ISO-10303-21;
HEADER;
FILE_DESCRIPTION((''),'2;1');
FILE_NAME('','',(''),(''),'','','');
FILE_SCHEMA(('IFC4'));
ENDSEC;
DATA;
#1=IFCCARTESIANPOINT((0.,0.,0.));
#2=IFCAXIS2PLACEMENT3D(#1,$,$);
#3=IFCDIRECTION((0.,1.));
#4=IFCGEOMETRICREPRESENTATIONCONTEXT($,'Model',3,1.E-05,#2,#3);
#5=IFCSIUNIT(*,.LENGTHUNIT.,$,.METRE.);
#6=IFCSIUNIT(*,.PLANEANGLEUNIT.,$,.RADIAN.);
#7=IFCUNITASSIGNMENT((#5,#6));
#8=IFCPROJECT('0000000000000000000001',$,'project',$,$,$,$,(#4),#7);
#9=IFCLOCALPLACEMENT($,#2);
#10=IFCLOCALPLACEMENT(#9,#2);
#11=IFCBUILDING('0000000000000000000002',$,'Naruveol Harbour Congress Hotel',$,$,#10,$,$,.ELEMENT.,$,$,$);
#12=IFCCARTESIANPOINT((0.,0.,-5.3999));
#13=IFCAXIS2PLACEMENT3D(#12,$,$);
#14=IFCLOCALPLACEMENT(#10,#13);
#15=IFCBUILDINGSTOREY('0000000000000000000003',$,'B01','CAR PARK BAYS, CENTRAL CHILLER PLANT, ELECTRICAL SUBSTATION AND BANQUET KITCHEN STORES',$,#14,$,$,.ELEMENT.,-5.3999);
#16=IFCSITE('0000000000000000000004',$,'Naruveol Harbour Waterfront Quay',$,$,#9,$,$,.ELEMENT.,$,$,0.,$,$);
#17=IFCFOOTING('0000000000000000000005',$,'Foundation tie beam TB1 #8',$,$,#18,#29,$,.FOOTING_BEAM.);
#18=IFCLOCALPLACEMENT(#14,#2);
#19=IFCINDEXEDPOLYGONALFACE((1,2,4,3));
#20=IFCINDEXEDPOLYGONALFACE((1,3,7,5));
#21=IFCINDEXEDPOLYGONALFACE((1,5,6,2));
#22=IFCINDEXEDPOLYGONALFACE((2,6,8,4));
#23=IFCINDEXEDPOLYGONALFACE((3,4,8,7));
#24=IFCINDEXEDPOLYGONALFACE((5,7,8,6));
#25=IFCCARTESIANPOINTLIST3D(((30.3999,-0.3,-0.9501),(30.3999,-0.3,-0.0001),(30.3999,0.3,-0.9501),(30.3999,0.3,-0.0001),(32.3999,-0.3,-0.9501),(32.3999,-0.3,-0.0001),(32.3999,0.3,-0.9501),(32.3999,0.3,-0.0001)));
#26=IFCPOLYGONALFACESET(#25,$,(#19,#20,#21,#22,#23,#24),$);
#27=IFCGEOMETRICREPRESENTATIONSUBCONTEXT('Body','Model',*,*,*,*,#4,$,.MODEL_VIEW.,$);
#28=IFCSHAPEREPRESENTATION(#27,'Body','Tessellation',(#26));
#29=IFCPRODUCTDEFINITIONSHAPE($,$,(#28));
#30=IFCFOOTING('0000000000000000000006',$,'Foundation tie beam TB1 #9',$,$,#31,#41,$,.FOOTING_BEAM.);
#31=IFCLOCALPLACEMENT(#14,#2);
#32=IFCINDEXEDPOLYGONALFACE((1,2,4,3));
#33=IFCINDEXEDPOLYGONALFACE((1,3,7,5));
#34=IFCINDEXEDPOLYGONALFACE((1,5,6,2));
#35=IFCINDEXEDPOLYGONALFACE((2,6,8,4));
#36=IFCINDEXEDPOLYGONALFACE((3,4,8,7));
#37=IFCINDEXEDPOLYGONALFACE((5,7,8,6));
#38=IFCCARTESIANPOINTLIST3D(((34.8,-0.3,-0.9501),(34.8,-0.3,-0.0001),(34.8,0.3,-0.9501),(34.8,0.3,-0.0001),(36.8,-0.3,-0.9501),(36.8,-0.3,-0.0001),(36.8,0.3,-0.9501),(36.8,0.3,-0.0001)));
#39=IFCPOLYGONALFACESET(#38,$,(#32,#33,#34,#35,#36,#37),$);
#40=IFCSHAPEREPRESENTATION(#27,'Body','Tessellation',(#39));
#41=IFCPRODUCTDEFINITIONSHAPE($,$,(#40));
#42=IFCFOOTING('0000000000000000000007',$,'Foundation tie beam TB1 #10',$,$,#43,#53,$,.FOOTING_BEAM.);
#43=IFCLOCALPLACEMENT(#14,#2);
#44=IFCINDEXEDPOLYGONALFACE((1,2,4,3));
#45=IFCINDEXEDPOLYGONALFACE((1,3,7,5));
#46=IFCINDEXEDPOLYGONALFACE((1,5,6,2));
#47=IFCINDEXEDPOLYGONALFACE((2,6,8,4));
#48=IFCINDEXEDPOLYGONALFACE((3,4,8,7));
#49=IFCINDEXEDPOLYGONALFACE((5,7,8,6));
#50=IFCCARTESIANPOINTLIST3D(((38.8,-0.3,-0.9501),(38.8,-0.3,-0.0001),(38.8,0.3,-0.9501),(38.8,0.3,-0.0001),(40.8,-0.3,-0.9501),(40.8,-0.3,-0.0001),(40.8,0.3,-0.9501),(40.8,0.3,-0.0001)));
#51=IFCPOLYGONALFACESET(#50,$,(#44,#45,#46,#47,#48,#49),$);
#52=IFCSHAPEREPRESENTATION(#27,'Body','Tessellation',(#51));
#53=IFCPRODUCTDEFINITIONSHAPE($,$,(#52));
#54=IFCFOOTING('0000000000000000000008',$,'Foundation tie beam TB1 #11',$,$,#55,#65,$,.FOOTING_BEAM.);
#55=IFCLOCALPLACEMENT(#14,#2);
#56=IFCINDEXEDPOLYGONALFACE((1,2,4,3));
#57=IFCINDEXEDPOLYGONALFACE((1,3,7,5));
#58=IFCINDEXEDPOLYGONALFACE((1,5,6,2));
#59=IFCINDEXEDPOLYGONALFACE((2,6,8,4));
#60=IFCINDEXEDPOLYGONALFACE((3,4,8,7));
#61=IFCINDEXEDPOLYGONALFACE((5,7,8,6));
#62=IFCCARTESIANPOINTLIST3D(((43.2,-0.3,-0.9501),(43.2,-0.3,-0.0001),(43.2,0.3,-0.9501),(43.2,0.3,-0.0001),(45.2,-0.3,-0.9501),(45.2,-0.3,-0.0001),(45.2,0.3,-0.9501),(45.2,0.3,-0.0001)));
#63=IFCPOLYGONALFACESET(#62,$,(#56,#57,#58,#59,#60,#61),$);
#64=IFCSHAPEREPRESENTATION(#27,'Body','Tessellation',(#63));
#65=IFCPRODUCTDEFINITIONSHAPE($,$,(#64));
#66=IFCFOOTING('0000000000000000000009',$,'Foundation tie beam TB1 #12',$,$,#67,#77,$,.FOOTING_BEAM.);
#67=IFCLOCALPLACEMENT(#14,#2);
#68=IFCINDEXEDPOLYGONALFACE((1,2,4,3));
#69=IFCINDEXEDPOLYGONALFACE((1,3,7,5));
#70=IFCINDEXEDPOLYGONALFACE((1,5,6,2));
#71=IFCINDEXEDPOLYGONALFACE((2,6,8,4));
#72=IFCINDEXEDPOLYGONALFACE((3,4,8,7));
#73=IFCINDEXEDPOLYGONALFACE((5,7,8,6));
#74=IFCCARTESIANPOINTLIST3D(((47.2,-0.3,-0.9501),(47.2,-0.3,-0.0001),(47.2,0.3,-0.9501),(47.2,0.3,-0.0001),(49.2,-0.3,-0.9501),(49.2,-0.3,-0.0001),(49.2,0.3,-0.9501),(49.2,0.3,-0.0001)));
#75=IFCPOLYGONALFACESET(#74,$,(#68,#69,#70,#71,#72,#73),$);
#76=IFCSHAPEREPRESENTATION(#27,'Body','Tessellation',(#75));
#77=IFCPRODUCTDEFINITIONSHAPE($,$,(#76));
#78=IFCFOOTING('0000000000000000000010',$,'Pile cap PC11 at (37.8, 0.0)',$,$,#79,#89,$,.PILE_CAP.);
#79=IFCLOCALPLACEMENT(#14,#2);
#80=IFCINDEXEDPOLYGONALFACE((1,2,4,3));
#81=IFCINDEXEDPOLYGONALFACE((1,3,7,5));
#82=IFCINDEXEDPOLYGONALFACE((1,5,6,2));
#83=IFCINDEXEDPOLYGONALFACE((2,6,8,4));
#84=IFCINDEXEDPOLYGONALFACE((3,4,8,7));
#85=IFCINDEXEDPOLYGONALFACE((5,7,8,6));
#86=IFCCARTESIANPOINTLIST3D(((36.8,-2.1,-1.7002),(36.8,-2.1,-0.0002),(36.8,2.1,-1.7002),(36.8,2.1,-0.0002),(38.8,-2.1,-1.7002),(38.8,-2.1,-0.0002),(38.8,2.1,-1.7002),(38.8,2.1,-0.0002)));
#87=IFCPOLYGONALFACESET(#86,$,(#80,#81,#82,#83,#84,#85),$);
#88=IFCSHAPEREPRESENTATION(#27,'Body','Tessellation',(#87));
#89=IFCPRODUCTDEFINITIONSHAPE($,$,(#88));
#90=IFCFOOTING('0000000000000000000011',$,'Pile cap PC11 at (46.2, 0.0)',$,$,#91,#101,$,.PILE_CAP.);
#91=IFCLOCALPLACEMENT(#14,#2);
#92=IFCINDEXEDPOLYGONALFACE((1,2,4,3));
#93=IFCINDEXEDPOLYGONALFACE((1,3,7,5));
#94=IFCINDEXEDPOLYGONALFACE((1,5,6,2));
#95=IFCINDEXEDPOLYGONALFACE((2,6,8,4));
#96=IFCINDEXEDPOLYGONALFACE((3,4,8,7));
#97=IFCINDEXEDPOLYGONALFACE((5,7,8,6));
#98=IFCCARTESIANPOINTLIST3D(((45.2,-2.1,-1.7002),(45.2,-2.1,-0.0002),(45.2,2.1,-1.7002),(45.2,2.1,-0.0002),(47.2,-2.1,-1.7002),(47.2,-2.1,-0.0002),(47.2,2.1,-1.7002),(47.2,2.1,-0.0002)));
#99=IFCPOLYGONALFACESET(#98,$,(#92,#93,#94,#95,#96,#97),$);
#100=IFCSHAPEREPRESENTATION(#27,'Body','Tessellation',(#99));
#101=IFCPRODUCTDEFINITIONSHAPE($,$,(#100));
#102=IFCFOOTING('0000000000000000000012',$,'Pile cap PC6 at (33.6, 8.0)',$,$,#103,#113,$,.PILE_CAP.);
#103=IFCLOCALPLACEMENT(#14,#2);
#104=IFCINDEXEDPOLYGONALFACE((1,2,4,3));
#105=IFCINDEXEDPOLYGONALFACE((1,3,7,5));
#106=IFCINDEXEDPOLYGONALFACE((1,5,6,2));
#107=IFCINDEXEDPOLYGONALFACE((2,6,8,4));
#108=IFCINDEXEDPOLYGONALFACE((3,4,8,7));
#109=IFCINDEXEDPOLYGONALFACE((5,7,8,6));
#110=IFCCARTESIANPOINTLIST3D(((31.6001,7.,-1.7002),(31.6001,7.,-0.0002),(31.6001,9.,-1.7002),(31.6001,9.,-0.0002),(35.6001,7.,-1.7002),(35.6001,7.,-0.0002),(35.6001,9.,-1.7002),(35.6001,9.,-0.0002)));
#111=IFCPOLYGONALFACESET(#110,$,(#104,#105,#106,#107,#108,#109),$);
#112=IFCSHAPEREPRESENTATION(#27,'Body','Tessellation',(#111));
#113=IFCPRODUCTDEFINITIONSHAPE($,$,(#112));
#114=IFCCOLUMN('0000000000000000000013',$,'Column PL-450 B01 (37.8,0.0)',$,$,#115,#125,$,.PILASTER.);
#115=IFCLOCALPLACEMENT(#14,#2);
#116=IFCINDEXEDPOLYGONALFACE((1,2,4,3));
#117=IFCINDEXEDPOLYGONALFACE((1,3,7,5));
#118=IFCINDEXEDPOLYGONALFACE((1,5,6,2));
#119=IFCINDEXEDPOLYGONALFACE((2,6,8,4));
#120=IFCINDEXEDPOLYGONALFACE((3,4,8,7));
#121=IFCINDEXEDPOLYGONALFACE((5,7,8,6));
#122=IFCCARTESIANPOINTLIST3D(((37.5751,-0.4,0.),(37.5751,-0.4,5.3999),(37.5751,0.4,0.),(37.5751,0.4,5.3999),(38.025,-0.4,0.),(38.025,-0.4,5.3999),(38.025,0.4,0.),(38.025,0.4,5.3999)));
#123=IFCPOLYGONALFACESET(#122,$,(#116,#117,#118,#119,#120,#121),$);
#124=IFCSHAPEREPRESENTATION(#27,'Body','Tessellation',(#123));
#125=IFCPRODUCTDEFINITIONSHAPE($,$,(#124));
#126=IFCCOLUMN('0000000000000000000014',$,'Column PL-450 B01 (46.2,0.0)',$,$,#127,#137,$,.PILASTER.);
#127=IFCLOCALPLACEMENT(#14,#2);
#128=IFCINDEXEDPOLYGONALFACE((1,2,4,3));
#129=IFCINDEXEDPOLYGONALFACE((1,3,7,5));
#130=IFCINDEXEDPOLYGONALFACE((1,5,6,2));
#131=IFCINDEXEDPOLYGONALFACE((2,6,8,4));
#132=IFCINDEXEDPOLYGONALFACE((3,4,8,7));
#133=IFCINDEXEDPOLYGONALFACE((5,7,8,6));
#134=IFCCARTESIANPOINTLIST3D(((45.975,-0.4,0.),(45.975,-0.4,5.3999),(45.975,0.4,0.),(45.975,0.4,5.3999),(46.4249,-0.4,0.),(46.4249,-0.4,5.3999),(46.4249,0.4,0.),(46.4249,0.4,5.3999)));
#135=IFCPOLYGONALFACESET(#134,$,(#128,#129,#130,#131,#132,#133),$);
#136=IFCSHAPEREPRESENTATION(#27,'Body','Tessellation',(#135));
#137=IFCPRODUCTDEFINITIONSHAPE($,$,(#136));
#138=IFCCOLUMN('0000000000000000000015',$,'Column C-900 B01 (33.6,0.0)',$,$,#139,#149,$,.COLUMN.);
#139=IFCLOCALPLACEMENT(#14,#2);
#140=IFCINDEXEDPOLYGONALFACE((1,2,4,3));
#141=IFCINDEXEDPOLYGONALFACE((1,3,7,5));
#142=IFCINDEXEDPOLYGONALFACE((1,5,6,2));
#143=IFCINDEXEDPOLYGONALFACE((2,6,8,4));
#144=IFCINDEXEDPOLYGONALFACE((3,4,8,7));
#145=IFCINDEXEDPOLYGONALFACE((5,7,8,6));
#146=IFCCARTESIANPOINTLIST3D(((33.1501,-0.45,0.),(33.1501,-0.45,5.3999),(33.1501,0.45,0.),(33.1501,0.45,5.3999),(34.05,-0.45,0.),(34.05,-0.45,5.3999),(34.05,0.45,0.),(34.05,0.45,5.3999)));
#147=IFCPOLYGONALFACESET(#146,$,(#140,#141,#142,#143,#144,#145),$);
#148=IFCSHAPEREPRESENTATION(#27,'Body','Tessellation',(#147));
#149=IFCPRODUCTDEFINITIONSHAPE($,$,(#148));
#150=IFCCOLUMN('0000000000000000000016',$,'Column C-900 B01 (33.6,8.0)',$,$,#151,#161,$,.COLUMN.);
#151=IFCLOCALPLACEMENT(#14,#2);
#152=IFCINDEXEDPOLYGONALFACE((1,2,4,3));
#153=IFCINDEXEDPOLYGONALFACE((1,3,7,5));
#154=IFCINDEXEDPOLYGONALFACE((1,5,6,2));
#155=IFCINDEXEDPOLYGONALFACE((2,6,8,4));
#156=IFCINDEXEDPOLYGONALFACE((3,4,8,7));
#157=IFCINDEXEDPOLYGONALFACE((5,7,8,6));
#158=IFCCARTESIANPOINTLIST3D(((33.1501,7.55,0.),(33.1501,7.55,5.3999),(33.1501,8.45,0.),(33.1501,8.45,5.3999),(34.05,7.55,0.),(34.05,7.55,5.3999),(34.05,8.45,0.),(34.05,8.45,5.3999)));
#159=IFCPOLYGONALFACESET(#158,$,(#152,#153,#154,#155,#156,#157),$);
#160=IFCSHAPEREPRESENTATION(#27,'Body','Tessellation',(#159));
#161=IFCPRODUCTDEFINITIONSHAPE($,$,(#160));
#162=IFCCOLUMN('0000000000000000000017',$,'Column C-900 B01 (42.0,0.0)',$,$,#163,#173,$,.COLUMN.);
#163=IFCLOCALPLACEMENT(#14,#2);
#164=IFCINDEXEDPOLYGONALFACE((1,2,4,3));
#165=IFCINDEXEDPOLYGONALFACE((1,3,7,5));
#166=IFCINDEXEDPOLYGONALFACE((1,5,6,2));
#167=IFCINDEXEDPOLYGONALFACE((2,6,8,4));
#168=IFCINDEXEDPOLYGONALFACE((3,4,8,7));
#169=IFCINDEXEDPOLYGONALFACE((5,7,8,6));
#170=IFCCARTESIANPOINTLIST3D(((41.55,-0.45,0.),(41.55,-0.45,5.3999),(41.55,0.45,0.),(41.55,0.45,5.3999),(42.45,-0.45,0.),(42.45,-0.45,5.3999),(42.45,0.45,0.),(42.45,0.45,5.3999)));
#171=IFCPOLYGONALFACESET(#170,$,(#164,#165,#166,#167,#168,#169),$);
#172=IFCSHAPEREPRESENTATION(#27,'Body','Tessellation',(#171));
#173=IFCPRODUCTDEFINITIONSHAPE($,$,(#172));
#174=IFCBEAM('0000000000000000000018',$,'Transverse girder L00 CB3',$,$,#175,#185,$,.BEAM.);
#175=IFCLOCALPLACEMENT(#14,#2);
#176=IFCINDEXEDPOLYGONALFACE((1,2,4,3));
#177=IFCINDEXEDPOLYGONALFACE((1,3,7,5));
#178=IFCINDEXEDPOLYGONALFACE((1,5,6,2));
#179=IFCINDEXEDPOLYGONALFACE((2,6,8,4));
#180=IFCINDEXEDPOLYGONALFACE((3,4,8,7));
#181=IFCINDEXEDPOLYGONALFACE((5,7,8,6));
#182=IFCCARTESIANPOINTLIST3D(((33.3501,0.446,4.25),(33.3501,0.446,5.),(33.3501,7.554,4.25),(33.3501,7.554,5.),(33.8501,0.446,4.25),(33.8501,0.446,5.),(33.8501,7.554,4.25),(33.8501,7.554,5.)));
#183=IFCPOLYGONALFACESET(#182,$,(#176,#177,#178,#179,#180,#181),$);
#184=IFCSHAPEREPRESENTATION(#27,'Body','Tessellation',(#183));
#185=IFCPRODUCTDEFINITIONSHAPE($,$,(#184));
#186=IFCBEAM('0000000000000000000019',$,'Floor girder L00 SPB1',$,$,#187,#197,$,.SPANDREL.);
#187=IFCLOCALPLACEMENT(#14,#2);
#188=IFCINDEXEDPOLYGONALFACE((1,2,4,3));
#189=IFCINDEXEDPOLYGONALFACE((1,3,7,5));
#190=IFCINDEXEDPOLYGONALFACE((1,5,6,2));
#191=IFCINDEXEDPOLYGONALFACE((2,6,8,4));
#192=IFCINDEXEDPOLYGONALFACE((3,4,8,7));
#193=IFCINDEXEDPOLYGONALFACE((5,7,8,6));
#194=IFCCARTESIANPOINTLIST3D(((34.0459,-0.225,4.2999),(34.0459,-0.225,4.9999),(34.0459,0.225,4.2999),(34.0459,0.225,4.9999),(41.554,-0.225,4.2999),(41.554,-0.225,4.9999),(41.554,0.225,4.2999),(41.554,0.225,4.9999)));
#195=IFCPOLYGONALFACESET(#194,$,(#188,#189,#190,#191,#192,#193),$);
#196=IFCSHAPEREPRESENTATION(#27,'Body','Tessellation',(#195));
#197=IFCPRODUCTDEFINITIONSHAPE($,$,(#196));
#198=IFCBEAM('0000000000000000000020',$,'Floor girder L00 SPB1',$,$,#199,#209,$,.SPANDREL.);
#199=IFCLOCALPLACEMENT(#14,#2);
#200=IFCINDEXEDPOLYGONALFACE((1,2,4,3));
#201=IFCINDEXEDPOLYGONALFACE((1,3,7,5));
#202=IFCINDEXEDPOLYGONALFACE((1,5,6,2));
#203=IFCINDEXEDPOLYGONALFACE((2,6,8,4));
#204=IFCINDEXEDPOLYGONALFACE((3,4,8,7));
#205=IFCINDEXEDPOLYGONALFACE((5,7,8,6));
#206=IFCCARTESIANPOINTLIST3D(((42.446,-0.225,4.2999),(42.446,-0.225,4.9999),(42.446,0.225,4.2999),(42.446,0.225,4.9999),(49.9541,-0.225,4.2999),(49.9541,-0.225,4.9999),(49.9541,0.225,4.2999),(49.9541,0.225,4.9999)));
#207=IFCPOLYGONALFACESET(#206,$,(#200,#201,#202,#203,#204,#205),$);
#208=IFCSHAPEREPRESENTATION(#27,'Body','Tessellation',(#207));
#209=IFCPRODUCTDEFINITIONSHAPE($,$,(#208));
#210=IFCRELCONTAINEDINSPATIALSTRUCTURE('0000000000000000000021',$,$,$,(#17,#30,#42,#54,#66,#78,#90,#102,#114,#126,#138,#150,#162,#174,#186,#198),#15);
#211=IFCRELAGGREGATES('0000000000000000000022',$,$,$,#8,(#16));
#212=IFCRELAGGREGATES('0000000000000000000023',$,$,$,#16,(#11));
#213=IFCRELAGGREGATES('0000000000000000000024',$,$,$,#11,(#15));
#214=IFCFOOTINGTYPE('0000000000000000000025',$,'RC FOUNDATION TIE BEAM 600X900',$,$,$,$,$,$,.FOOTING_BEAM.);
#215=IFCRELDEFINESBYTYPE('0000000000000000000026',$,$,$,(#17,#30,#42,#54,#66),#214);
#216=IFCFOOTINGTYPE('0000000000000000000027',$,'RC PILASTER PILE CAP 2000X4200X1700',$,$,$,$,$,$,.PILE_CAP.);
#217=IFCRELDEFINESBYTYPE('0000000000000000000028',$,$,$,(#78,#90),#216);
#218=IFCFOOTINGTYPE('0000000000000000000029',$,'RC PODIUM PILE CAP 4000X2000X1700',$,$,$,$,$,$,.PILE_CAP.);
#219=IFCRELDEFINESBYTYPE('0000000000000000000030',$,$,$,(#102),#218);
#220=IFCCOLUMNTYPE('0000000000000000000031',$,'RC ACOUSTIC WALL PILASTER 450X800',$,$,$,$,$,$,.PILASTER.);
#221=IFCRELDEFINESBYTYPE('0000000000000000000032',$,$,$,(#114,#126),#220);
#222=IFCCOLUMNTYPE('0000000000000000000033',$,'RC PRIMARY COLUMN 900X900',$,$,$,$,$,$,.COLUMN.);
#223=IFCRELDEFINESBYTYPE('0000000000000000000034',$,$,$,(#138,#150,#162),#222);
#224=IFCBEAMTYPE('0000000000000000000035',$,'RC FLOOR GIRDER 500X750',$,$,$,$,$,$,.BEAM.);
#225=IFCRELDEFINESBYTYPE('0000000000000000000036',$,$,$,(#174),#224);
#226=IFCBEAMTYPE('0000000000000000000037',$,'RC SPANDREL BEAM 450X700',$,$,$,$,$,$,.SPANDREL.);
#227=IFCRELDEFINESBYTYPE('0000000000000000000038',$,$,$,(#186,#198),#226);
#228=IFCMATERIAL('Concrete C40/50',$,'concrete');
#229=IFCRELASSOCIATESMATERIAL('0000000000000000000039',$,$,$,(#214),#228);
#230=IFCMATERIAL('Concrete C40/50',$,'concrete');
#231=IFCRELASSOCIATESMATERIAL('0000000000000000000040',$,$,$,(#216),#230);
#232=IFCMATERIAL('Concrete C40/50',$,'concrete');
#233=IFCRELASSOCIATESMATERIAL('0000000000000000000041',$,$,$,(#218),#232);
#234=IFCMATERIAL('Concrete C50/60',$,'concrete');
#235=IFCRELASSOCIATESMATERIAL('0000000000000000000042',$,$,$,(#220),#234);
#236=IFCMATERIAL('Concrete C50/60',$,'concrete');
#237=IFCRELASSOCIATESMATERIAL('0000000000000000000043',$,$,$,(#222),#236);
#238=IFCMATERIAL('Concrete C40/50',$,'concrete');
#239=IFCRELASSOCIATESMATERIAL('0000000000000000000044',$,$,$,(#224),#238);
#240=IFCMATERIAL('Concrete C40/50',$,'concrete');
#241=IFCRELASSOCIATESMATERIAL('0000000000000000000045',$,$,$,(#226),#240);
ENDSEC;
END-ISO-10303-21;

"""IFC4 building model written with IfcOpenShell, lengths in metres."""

from ifc_helpers import new_model, si_unit, direction, frame, origin, origin_2d, place, context, subcontext, project, spatial, rectangle, extrude, material, material_profile, profile_set, type_object, element, save


model = new_model("IFC4")

# Units and contexts
model_context = context("Model", 3, precision=1e-05, world=origin(), true_north=direction((0.0, 1.0)))
body_context = subcontext(model_context, "Body", "Model", "MODEL_VIEW")
ifc_project = project(units=[si_unit("LENGTHUNIT", "METRE"), si_unit("PLANEANGLEUNIT", "RADIAN")], contexts=[model_context])

# Site, building, storey
site_placement = place(None, origin())
site = spatial("IfcSite", under=ifc_project, at=site_placement, Name="Naruveol Harbour Waterfront Quay", CompositionType="ELEMENT", RefElevation=0.0)
building_placement = place(site_placement, origin())
building = spatial("IfcBuilding", under=site, at=building_placement, Name="Naruveol Harbour Congress Hotel", CompositionType="ELEMENT")
storey_placement = place(building_placement, frame((0.0, 0.0, -5.3999)))
storey = spatial("IfcBuildingStorey", under=building, at=storey_placement, Name="B01", Description="CAR PARK BAYS, CENTRAL CHILLER PLANT, ELECTRICAL SUBSTATION AND BANQUET KITCHEN STORES", CompositionType="ELEMENT", Elevation=-5.3999)

# Footings
ifc_material_1 = material(Name="Concrete C40/50", Category="concrete")
ifc_material_profile_1 = material_profile(ifc_material_1, rectangle(XDim=0.6001, YDim=0.95, at=origin_2d()), Name="RCB-600x950")
ifc_profile_set_1 = profile_set([ifc_material_profile_1], Name="Concrete C40/50")
footing_type_1 = type_object("IfcFootingType", Name="RC FOUNDATION TIE BEAM 600X900", PredefinedType="FOOTING_BEAM", material=ifc_profile_set_1)
for number, where, z_axis, x_axis, name in (
    (1, (30.3999, 0.0, -0.4751), (1.0, 0.0, 0.0), (0.0, 1.0, 0.0), "Foundation tie beam TB1 #8"),
    (2, (34.8, 0.0, -0.4751), (1.0, 0.0, 0.0), (0.0, 1.0, 0.0), "Foundation tie beam TB1 #9"),
    (3, (38.8, 0.0, -0.4751), (1.0, 0.0, 0.0), (0.0, 1.0, 0.0), "Foundation tie beam TB1 #10"),
    (4, (43.2, 0.0, -0.4751), (1.0, 0.0, 0.0), (0.0, 1.0, 0.0), "Foundation tie beam TB1 #11"),
    (5, (47.2, 0.0, -0.4751), (1.0, 0.0, 0.0), (0.0, 1.0, 0.0), "Foundation tie beam TB1 #12"),
):
    element("IfcFooting", number, at=place(storey_placement, frame(where, z_axis=z_axis, x_axis=x_axis)), inside=storey, type_object=footing_type_1, Name=name, PredefinedType="FOOTING_BEAM", context=body_context, shape_type="SweptSolid", body=[
        extrude(rectangle(XDim=0.6001, YDim=0.95, at=origin_2d()), origin(), (0.0, 0.0, 1.0), 2.0),
    ])
ifc_material_2 = material(Name="Concrete C40/50", Category="concrete")
footing_type_2 = type_object("IfcFootingType", Name="RC PILASTER PILE CAP 2000X4200X1700", PredefinedType="PILE_CAP", material=ifc_material_2)
for number, where, z_axis, x_axis, name in (
    (6, (37.8, 0.0, -1.7002), (0.0, 0.0, 1.0), (1.0, 0.0, 0.0), "Pile cap PC11 at (37.8, 0.0)"),
    (7, (46.2, 0.0, -1.7002), (0.0, 0.0, 1.0), (1.0, 0.0, 0.0), "Pile cap PC11 at (46.2, 0.0)"),
):
    element("IfcFooting", number, at=place(storey_placement, frame(where, z_axis=z_axis, x_axis=x_axis)), inside=storey, type_object=footing_type_2, Name=name, PredefinedType="PILE_CAP", context=body_context, shape_type="SweptSolid", body=[
        extrude(rectangle(XDim=2.0, YDim=4.2, at=origin_2d()), origin(), (0.0, 0.0, 1.0), 1.7),
    ])
ifc_material_3 = material(Name="Concrete C40/50", Category="concrete")
footing_type_3 = type_object("IfcFootingType", Name="RC PODIUM PILE CAP 4000X2000X1700", PredefinedType="PILE_CAP", material=ifc_material_3)
footing_placement = place(storey_placement, frame((33.6001, 8.0, -1.7002), z_axis=(0.0, 0.0, 1.0), x_axis=(1.0, 0.0, 0.0)))
element("IfcFooting", 8, at=footing_placement, inside=storey, type_object=footing_type_3, Name="Pile cap PC6 at (33.6, 8.0)", PredefinedType="PILE_CAP", context=body_context, shape_type="SweptSolid", body=[
    extrude(rectangle(XDim=4.0, YDim=2.0, at=origin_2d()), origin(), (0.0, 0.0, 1.0), 1.7),
])

# Columns
ifc_material_4 = material(Name="Concrete C50/60", Category="concrete")
ifc_material_profile_2 = material_profile(ifc_material_4, rectangle(XDim=0.45, YDim=0.8, at=origin_2d()), Name="RC-450x800")
ifc_profile_set_2 = profile_set([ifc_material_profile_2], Name="Concrete C50/60")
column_type_1 = type_object("IfcColumnType", Name="RC ACOUSTIC WALL PILASTER 450X800", PredefinedType="PILASTER", material=ifc_profile_set_2)
for number, where, z_axis, x_axis, name in (
    (9, (37.8, 0.0, 0.0), (0.0, 0.0, 1.0), (1.0, 0.0, 0.0), "Column PL-450 B01 (37.8,0.0)"),
    (10, (46.2, 0.0, 0.0), (0.0, 0.0, 1.0), (1.0, 0.0, 0.0), "Column PL-450 B01 (46.2,0.0)"),
):
    element("IfcColumn", number, at=place(storey_placement, frame(where, z_axis=z_axis, x_axis=x_axis)), inside=storey, type_object=column_type_1, Name=name, PredefinedType="PILASTER", context=body_context, shape_type="SweptSolid", body=[
        extrude(rectangle(XDim=0.45, YDim=0.8, at=origin_2d()), origin(), (0.0, 0.0, 1.0), 5.3999),
    ])
ifc_material_5 = material(Name="Concrete C50/60", Category="concrete")
ifc_material_profile_3 = material_profile(ifc_material_5, rectangle(XDim=0.8999, YDim=0.8999, at=origin_2d()), Name="RC-900x900")
ifc_profile_set_3 = profile_set([ifc_material_profile_3], Name="Concrete C50/60")
column_type_2 = type_object("IfcColumnType", Name="RC PRIMARY COLUMN 900X900", PredefinedType="COLUMN", material=ifc_profile_set_3)
for number, where, z_axis, x_axis, name in (
    (11, (33.6001, 0.0, 0.0), (0.0, 0.0, 1.0), (1.0, 0.0, 0.0), "Column C-900 B01 (33.6,0.0)"),
    (12, (33.6001, 8.0, 0.0), (0.0, 0.0, 1.0), (1.0, 0.0, 0.0), "Column C-900 B01 (33.6,8.0)"),
    (13, (42.0, 0.0, 0.0), (0.0, 0.0, 1.0), (1.0, 0.0, 0.0), "Column C-900 B01 (42.0,0.0)"),
):
    element("IfcColumn", number, at=place(storey_placement, frame(where, z_axis=z_axis, x_axis=x_axis)), inside=storey, type_object=column_type_2, Name=name, PredefinedType="COLUMN", context=body_context, shape_type="SweptSolid", body=[
        extrude(rectangle(XDim=0.8999, YDim=0.8999, at=origin_2d()), origin(), (0.0, 0.0, 1.0), 5.3999),
    ])

# Beams
ifc_material_6 = material(Name="Concrete C40/50", Category="concrete")
ifc_material_profile_4 = material_profile(ifc_material_6, rectangle(XDim=0.5, YDim=0.75, at=origin_2d()), Name="RCB-500x750")
ifc_profile_set_4 = profile_set([ifc_material_profile_4], Name="Concrete C40/50")
beam_type_1 = type_object("IfcBeamType", Name="RC FLOOR GIRDER 500X750", PredefinedType="BEAM", material=ifc_profile_set_4)
beam_1_placement = place(storey_placement, frame((33.6001, 0.446, 4.625), z_axis=(0.0, 1.0, 0.0), x_axis=(-1.0, 0.0, 0.0)))
element("IfcBeam", 14, at=beam_1_placement, inside=storey, type_object=beam_type_1, Name="Transverse girder L00 CB3", PredefinedType="BEAM", context=body_context, shape_type="SweptSolid", body=[
    extrude(rectangle(XDim=0.5, YDim=0.75, at=origin_2d()), origin(), (0.0, 0.0, 1.0), 7.1079),
])
ifc_material_7 = material(Name="Concrete C40/50", Category="concrete")
ifc_material_profile_5 = material_profile(ifc_material_7, rectangle(XDim=0.45, YDim=0.7, at=origin_2d()), Name="RCB-450x700")
ifc_profile_set_5 = profile_set([ifc_material_profile_5], Name="Concrete C40/50")
beam_type_2 = type_object("IfcBeamType", Name="RC SPANDREL BEAM 450X700", PredefinedType="SPANDREL", material=ifc_profile_set_5)
for number, where, z_axis, x_axis, name in (
    (15, (34.0459, 0.0, 4.6499), (1.0, 0.0, 0.0), (0.0, 1.0, 0.0), "Floor girder L00 SPB1"),
    (16, (42.446, 0.0, 4.6499), (1.0, 0.0, 0.0), (0.0, 1.0, 0.0), "Floor girder L00 SPB1"),
):
    element("IfcBeam", number, at=place(storey_placement, frame(where, z_axis=z_axis, x_axis=x_axis)), inside=storey, type_object=beam_type_2, Name=name, PredefinedType="SPANDREL", context=body_context, shape_type="SweptSolid", body=[
        extrude(rectangle(XDim=0.45, YDim=0.7, at=origin_2d()), origin(), (0.0, 0.0, 1.0), 7.5081),
    ])

save(model, "model.ifc")
